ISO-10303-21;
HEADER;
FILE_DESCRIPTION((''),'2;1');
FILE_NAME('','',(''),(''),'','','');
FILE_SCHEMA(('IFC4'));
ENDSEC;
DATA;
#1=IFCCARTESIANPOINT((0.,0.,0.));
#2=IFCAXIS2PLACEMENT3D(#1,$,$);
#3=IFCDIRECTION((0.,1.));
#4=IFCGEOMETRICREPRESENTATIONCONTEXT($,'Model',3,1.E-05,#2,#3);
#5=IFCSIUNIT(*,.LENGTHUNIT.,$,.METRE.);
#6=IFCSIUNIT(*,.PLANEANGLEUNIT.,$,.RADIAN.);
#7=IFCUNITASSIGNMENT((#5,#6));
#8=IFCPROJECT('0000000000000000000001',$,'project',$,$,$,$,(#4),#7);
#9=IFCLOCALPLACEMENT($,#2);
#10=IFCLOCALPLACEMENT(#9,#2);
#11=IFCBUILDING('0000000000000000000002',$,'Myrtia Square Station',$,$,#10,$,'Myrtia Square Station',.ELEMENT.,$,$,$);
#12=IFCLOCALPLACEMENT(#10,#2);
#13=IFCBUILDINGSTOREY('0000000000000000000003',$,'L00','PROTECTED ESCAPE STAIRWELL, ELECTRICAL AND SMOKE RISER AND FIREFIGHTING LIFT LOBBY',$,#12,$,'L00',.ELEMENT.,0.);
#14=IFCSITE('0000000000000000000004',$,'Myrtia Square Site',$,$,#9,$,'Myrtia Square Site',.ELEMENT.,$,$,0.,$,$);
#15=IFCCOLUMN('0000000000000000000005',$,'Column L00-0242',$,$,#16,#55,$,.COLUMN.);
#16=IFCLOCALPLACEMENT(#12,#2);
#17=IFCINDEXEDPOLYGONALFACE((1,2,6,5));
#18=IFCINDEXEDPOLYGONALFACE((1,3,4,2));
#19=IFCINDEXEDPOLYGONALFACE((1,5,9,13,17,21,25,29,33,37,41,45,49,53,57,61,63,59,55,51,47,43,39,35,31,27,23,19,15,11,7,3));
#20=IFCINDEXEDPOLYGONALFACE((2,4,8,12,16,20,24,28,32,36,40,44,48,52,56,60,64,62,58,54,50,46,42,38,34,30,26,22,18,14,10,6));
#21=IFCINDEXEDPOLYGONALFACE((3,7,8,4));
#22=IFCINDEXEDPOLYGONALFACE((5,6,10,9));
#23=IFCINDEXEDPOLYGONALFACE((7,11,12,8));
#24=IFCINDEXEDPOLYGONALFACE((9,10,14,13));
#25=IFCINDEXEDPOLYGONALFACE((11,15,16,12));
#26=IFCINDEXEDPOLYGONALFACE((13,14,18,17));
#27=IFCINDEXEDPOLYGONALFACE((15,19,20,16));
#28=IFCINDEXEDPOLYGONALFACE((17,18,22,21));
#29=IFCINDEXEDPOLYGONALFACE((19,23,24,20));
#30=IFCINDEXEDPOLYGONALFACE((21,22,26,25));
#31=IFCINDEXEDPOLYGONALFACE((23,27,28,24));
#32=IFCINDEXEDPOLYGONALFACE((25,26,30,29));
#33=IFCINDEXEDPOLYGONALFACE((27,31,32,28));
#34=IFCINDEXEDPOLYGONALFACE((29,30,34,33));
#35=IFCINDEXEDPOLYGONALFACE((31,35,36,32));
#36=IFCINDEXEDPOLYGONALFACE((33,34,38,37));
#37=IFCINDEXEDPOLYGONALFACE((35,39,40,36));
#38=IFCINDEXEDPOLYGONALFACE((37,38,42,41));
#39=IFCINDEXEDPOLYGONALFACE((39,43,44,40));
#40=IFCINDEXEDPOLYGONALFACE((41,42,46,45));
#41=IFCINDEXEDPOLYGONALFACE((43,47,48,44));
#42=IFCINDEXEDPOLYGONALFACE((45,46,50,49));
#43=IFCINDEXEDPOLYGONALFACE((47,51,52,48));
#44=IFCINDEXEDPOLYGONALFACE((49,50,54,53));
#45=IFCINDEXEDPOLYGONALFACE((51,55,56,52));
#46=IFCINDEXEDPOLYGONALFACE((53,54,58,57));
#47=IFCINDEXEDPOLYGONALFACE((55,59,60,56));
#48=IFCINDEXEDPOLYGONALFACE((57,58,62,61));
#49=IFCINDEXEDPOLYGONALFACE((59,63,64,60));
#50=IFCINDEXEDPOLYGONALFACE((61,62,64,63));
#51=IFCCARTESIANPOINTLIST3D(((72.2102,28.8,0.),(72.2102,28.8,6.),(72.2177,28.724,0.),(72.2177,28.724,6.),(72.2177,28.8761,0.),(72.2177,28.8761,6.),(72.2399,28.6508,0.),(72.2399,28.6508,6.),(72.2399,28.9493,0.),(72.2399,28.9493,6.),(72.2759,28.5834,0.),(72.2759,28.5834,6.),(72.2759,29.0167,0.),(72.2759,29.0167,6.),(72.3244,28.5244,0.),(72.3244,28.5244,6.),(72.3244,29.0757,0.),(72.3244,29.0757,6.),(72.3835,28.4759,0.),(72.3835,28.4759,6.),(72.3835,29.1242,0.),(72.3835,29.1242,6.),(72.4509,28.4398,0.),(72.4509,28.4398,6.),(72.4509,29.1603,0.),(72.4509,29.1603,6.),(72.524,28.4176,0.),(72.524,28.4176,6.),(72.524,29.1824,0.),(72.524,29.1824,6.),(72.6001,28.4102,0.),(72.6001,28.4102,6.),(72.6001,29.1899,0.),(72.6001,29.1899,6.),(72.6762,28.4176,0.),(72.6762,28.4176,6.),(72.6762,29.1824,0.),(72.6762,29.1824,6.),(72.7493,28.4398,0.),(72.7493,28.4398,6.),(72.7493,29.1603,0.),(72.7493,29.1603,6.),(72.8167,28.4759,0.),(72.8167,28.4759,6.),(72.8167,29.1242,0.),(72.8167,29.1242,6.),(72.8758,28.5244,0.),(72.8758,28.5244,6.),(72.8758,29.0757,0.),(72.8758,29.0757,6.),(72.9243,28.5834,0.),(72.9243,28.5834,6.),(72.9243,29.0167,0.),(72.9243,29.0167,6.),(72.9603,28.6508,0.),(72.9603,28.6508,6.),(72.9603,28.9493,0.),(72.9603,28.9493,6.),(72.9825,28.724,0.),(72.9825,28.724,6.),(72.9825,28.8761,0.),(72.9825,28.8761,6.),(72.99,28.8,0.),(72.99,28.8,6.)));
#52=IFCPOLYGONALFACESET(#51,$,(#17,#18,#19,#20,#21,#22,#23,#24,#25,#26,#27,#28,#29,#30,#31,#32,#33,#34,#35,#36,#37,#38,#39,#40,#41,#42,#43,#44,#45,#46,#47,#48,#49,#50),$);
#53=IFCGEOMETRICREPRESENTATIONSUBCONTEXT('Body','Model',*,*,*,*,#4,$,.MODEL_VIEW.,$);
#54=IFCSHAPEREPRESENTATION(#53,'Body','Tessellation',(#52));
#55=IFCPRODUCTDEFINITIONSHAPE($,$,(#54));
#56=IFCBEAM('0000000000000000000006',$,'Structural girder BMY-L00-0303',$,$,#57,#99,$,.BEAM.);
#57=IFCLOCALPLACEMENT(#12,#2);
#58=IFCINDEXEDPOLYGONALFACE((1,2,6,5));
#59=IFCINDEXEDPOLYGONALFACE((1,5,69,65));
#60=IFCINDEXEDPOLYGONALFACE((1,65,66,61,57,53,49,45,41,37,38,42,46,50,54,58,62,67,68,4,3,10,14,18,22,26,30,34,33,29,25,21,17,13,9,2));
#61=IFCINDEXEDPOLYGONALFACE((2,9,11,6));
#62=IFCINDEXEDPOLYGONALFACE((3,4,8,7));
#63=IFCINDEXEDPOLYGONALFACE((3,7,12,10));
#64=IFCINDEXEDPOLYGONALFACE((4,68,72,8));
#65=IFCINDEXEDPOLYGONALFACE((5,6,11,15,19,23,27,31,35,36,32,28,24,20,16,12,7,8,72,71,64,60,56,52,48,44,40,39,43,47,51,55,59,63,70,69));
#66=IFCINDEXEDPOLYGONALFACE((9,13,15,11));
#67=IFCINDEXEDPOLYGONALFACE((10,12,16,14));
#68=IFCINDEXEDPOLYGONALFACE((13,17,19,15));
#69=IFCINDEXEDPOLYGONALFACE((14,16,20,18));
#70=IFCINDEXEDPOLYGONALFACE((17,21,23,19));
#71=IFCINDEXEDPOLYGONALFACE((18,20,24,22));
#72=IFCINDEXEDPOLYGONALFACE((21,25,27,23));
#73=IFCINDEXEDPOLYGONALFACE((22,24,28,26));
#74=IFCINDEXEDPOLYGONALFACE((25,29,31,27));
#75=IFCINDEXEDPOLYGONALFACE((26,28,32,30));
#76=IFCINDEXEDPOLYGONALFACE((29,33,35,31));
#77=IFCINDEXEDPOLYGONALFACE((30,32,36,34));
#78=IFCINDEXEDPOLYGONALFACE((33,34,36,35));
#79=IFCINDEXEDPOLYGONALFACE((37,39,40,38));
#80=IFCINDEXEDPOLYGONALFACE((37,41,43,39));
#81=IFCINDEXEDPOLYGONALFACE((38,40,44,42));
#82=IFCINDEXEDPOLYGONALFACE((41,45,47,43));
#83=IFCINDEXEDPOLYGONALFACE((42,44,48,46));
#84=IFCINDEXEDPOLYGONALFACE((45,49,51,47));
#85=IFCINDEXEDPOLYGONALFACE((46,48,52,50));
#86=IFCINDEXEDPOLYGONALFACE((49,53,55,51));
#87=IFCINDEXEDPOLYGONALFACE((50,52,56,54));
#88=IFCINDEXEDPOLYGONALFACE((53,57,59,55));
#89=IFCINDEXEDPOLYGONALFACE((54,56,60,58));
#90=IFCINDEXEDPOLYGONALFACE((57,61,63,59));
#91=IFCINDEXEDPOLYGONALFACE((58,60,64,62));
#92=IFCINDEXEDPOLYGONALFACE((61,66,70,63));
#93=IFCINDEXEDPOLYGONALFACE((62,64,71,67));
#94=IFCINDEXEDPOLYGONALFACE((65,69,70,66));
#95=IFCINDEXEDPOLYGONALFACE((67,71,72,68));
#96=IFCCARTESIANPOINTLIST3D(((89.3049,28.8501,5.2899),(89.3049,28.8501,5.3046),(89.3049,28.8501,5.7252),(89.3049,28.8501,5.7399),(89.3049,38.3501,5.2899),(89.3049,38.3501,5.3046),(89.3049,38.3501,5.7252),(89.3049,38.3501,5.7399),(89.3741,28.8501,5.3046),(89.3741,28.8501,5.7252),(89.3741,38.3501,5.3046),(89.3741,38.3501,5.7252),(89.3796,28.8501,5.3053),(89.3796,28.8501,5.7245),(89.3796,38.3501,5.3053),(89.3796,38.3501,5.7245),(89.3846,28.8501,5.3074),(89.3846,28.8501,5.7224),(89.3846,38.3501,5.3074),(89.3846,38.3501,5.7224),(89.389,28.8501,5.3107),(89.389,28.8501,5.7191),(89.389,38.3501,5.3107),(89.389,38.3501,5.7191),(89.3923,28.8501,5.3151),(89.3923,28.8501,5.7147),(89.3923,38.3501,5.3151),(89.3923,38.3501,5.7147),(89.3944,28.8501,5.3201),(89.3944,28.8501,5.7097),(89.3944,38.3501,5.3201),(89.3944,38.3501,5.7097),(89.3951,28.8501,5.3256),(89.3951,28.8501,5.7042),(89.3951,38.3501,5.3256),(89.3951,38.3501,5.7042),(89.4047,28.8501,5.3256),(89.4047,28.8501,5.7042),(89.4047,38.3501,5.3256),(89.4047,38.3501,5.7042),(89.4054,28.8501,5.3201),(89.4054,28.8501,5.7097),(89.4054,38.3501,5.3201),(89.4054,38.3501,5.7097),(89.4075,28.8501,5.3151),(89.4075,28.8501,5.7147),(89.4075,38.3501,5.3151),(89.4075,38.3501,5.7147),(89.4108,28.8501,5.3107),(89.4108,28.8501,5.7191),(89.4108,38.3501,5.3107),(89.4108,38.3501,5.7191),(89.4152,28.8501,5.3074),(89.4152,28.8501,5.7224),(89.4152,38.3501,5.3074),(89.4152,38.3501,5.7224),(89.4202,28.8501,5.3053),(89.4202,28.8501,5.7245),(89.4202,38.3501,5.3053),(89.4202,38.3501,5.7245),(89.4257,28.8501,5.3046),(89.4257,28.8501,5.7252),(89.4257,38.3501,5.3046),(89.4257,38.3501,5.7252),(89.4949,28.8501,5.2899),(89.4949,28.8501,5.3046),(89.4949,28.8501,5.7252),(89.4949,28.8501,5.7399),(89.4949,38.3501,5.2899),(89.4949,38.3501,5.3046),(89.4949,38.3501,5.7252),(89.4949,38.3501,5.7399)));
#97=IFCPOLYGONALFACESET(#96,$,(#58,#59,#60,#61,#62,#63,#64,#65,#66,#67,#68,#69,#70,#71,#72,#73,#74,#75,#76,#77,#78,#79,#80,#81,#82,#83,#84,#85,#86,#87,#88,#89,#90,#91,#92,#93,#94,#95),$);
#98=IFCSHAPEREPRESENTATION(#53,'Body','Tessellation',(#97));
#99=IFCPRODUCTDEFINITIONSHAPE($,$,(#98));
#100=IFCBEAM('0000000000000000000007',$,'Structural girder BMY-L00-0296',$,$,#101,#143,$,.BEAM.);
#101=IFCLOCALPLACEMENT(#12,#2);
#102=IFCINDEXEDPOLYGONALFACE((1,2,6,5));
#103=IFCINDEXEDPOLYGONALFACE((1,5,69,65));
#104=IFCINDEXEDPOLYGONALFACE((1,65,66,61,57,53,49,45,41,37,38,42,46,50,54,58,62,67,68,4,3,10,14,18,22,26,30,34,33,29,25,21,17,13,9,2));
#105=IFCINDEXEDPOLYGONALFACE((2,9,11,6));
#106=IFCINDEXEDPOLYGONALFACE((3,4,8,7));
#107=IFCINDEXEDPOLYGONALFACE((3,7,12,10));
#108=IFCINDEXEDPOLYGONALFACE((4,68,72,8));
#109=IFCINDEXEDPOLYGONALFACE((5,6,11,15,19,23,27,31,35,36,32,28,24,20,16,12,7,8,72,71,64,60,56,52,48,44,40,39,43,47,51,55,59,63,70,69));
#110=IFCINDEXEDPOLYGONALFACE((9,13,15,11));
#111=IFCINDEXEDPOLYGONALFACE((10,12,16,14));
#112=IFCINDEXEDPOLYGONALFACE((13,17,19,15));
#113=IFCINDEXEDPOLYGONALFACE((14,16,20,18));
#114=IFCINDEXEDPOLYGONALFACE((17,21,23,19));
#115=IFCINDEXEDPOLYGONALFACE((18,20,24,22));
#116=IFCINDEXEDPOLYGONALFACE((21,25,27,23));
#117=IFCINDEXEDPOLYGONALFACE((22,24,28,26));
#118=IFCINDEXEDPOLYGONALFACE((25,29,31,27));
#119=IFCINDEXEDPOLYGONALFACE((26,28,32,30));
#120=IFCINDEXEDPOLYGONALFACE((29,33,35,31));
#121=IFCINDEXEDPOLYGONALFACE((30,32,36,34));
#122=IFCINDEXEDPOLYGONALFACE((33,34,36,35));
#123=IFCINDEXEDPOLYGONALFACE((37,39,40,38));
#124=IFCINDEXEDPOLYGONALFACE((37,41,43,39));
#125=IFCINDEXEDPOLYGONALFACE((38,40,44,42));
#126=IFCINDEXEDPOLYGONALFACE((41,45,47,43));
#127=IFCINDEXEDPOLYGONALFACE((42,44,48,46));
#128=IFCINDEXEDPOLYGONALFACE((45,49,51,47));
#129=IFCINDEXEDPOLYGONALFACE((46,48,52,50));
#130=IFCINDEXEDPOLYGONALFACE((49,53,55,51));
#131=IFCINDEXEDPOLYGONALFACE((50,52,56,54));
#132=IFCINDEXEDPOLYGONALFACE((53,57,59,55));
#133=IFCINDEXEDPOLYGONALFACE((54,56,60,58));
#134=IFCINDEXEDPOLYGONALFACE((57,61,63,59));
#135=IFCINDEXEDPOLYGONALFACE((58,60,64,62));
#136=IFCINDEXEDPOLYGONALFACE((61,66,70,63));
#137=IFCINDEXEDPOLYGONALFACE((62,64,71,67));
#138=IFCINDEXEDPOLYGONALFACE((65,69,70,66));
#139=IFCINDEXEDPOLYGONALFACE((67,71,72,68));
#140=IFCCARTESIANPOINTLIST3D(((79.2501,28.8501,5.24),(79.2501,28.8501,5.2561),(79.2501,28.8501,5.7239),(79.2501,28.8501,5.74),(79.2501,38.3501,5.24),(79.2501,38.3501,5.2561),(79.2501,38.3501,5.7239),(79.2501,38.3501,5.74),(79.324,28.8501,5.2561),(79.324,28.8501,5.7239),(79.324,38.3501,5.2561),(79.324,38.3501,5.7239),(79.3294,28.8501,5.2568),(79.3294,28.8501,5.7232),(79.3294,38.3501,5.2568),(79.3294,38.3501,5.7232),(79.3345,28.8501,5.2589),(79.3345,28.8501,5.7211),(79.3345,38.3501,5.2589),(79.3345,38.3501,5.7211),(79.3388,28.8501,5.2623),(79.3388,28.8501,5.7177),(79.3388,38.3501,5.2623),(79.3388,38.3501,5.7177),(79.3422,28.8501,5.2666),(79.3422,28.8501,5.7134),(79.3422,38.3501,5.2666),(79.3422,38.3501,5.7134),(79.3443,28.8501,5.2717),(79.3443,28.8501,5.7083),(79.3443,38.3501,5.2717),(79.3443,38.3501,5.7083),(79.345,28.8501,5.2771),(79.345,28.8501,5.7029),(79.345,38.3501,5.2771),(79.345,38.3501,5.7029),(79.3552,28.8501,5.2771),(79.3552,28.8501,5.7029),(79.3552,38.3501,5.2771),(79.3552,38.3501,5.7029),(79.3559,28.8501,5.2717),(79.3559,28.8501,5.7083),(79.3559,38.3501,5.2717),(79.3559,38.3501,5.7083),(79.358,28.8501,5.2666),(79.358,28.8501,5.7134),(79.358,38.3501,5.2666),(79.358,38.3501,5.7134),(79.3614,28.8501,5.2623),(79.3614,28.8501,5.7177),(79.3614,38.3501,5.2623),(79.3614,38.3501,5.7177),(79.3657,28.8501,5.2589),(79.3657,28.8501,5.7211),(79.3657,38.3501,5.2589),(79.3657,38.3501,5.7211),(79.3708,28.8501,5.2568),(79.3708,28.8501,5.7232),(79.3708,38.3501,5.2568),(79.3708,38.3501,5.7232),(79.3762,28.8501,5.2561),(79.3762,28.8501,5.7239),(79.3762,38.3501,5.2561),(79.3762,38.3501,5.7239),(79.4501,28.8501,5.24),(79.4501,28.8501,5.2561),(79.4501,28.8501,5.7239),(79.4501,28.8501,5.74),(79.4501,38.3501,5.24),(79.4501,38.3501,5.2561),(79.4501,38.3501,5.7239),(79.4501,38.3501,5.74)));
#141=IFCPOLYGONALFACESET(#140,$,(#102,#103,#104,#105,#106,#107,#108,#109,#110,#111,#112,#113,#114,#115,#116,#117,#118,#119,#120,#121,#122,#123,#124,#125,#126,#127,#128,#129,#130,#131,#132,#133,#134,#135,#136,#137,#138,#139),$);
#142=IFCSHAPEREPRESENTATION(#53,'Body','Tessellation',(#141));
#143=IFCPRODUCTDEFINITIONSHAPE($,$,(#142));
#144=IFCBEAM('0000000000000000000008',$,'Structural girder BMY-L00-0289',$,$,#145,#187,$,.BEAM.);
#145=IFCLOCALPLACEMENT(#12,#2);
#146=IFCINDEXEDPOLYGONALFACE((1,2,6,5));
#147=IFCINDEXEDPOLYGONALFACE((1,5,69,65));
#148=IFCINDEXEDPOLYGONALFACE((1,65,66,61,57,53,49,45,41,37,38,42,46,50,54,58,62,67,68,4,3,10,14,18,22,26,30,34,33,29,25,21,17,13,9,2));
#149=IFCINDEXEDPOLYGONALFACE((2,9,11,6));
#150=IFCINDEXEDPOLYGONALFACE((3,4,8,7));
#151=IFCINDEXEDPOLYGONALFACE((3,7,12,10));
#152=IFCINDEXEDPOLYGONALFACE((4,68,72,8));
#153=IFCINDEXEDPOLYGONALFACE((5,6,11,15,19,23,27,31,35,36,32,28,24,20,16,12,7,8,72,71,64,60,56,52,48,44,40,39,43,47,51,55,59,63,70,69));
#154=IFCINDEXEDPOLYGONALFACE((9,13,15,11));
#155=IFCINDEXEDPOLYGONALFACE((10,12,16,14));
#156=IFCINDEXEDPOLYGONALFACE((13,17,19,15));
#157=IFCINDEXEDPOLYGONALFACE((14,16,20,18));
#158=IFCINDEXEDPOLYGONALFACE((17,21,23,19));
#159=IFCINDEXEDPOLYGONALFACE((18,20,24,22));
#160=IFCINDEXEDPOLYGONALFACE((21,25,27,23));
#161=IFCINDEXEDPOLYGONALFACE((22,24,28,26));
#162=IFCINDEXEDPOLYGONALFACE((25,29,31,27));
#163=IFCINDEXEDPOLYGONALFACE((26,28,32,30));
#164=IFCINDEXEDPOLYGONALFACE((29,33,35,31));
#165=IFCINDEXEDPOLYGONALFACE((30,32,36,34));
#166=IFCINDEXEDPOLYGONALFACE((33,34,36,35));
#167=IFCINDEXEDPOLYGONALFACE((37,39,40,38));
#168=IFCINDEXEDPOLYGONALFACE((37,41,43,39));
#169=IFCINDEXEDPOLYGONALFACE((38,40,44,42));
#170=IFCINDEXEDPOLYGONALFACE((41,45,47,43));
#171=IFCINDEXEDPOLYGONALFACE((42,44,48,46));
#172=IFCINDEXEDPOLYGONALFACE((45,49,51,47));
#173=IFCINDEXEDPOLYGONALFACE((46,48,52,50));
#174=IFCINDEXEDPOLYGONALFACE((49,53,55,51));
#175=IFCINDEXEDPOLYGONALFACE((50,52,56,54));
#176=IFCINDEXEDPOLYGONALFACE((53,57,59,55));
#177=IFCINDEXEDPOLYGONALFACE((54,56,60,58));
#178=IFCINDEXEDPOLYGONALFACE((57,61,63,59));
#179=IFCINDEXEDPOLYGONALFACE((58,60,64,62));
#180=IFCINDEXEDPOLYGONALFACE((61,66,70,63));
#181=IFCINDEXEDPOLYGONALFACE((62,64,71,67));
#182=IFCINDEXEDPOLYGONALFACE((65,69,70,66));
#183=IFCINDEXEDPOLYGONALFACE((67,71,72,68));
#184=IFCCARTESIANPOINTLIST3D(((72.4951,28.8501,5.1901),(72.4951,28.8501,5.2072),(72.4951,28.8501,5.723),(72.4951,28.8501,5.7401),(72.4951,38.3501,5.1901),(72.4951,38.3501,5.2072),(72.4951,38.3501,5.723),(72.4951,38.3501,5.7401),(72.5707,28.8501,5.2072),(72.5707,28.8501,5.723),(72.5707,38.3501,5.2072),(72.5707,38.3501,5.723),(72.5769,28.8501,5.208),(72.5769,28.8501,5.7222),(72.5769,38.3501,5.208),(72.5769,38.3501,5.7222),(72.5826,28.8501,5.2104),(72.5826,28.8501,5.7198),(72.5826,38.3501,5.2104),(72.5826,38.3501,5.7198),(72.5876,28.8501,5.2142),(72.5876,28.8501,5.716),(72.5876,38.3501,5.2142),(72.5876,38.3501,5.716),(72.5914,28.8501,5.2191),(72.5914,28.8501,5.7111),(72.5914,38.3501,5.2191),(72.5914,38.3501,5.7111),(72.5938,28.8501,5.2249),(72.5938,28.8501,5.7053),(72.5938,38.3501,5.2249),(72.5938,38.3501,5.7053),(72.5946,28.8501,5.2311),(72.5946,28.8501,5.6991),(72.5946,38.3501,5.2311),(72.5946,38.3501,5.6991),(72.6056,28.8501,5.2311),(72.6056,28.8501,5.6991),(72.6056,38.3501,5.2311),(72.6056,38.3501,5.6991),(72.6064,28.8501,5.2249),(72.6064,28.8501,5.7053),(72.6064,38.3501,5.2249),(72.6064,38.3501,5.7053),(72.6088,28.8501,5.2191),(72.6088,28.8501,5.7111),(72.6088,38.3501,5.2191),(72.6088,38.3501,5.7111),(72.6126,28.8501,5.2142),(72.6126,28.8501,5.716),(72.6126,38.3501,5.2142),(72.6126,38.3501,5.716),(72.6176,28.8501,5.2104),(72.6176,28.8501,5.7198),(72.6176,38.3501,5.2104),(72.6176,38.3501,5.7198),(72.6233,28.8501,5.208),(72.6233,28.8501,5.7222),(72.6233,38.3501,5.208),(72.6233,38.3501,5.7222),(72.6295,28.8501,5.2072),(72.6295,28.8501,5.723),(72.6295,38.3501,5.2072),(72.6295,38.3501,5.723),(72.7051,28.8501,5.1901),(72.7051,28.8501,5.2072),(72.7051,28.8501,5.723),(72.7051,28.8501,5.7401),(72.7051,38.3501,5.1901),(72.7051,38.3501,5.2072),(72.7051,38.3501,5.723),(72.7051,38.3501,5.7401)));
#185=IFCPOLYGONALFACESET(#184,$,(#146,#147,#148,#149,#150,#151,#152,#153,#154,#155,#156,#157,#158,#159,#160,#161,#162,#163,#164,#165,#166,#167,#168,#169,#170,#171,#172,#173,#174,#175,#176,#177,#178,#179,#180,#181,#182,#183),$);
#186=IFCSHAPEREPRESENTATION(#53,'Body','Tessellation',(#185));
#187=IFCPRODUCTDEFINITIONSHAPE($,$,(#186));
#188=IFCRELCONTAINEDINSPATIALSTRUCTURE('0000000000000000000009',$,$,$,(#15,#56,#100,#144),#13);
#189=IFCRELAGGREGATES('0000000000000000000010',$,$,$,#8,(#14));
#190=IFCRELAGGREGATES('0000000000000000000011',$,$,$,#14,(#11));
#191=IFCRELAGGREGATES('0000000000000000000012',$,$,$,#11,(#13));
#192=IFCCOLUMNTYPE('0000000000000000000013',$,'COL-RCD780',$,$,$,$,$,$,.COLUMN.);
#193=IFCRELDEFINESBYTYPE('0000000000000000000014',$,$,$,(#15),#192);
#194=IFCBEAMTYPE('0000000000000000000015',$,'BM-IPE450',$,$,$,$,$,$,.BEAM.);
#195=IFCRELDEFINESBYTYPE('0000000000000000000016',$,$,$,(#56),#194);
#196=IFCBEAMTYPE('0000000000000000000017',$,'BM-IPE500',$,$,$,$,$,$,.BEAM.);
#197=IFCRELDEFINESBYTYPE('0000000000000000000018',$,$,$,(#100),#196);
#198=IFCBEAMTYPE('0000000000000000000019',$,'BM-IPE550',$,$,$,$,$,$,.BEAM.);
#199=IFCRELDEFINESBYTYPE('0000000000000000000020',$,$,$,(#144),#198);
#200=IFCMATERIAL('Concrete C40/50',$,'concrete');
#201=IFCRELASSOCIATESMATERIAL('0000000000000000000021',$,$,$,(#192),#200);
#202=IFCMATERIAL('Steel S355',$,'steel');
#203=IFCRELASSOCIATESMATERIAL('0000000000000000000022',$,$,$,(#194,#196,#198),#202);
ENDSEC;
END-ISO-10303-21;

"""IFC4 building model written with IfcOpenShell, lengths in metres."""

from ifc_helpers import new_model, si_unit, direction, frame, origin, origin_2d, place, context, subcontext, project, spatial, circle, i_section, extrude, material, material_profile, profile_set, type_object, element, save


model = new_model("IFC4")

# Units and contexts
model_context = context("Model", 3, precision=1e-05, world=origin(), true_north=direction((0.0, 1.0)))
body_context = subcontext(model_context, "Body", "Model", "MODEL_VIEW")
ifc_project = project(units=[si_unit("LENGTHUNIT", "METRE"), si_unit("PLANEANGLEUNIT", "RADIAN")], contexts=[model_context])

# Site, building, storey
site_placement = place(None, origin())
site = spatial("IfcSite", under=ifc_project, at=site_placement, Name="Myrtia Square Site", LongName="Myrtia Square Site", CompositionType="ELEMENT", RefElevation=0.0)
building_placement = place(site_placement, origin())
building = spatial("IfcBuilding", under=site, at=building_placement, Name="Myrtia Square Station", LongName="Myrtia Square Station", CompositionType="ELEMENT")
storey_placement = place(building_placement, origin())
storey = spatial("IfcBuildingStorey", under=building, at=storey_placement, Name="L00", Description="PROTECTED ESCAPE STAIRWELL, ELECTRICAL AND SMOKE RISER AND FIREFIGHTING LIFT LOBBY", LongName="L00", CompositionType="ELEMENT", Elevation=0.0)

# Column
ifc_material_1 = material(Name="Steel S355", Category="steel")
ifc_material_2 = material(Name="Concrete C40/50", Category="concrete")
ifc_material_profile_1 = material_profile(ifc_material_2, circle(Radius=0.3899, at=origin_2d()), Name="RC D780")
ifc_profile_set_1 = profile_set([ifc_material_profile_1], Name="Concrete C40/50")
column_type_1 = type_object("IfcColumnType", Name="COL-RCD780", PredefinedType="COLUMN", material=ifc_profile_set_1)
column_1_placement = place(storey_placement, frame((72.6001, 28.8, 0.0), z_axis=(0.0, 0.0, 1.0), x_axis=(1.0, 0.0, 0.0)))
element("IfcColumn", 1, at=column_1_placement, inside=storey, type_object=column_type_1, Name="Column L00-0242", PredefinedType="COLUMN", context=body_context, shape_type="SweptSolid", body=[
    extrude(circle(Radius=0.3899, at=origin_2d()), origin(), (0.0, 0.0, 1.0), 6.0),
])

# Beams
ifc_material_profile_2 = material_profile(ifc_material_1, i_section(OverallWidth=0.1899, OverallDepth=0.45, WebThickness=0.0095, FlangeThickness=0.0146, FilletRadius=0.021, at=origin_2d()), Name="IPE 450")
ifc_profile_set_2 = profile_set([ifc_material_profile_2], Name="Steel S355")
beam_type_1 = type_object("IfcBeamType", Name="BM-IPE450", PredefinedType="BEAM", material=ifc_profile_set_2)
beam_1_placement = place(storey_placement, frame((89.3999, 28.8501, 5.5149), z_axis=(0.0, 1.0, 0.0), x_axis=(-1.0, 0.0, 0.0)))
element("IfcBeam", 2, at=beam_1_placement, inside=storey, type_object=beam_type_1, Name="Structural girder BMY-L00-0303", PredefinedType="BEAM", context=body_context, shape_type="SweptSolid", body=[
    extrude(i_section(OverallWidth=0.1899, OverallDepth=0.45, WebThickness=0.0095, FlangeThickness=0.0146, FilletRadius=0.021, at=origin_2d()), origin(), (0.0, 0.0, 1.0), 9.5),
])
ifc_material_profile_3 = material_profile(ifc_material_1, i_section(OverallWidth=0.2, OverallDepth=0.5, WebThickness=0.0103, FlangeThickness=0.0161, FilletRadius=0.021, at=origin_2d()), Name="IPE 500")
ifc_profile_set_3 = profile_set([ifc_material_profile_3], Name="Steel S355")
beam_type_2 = type_object("IfcBeamType", Name="BM-IPE500", PredefinedType="BEAM", material=ifc_profile_set_3)
beam_2_placement = place(storey_placement, frame((79.3501, 28.8501, 5.49), z_axis=(0.0, 1.0, 0.0), x_axis=(-1.0, 0.0, 0.0)))
element("IfcBeam", 3, at=beam_2_placement, inside=storey, type_object=beam_type_2, Name="Structural girder BMY-L00-0296", PredefinedType="BEAM", context=body_context, shape_type="SweptSolid", body=[
    extrude(i_section(OverallWidth=0.2, OverallDepth=0.5, WebThickness=0.0103, FlangeThickness=0.0161, FilletRadius=0.021, at=origin_2d()), origin(), (0.0, 0.0, 1.0), 9.5),
])
ifc_material_profile_4 = material_profile(ifc_material_1, i_section(OverallWidth=0.21, OverallDepth=0.55, WebThickness=0.011, FlangeThickness=0.0171, FilletRadius=0.0239, at=origin_2d()), Name="IPE 550")
ifc_profile_set_4 = profile_set([ifc_material_profile_4], Name="Steel S355")
beam_type_3 = type_object("IfcBeamType", Name="BM-IPE550", PredefinedType="BEAM", material=ifc_profile_set_4)
beam_3_placement = place(storey_placement, frame((72.6001, 28.8501, 5.4651), z_axis=(0.0, 1.0, 0.0), x_axis=(-1.0, 0.0, 0.0)))
element("IfcBeam", 4, at=beam_3_placement, inside=storey, type_object=beam_type_3, Name="Structural girder BMY-L00-0289", PredefinedType="BEAM", context=body_context, shape_type="SweptSolid", body=[
    extrude(i_section(OverallWidth=0.21, OverallDepth=0.55, WebThickness=0.011, FlangeThickness=0.0171, FilletRadius=0.0239, at=origin_2d()), origin(), (0.0, 0.0, 1.0), 9.5),
])

save(model, "model.ifc")
